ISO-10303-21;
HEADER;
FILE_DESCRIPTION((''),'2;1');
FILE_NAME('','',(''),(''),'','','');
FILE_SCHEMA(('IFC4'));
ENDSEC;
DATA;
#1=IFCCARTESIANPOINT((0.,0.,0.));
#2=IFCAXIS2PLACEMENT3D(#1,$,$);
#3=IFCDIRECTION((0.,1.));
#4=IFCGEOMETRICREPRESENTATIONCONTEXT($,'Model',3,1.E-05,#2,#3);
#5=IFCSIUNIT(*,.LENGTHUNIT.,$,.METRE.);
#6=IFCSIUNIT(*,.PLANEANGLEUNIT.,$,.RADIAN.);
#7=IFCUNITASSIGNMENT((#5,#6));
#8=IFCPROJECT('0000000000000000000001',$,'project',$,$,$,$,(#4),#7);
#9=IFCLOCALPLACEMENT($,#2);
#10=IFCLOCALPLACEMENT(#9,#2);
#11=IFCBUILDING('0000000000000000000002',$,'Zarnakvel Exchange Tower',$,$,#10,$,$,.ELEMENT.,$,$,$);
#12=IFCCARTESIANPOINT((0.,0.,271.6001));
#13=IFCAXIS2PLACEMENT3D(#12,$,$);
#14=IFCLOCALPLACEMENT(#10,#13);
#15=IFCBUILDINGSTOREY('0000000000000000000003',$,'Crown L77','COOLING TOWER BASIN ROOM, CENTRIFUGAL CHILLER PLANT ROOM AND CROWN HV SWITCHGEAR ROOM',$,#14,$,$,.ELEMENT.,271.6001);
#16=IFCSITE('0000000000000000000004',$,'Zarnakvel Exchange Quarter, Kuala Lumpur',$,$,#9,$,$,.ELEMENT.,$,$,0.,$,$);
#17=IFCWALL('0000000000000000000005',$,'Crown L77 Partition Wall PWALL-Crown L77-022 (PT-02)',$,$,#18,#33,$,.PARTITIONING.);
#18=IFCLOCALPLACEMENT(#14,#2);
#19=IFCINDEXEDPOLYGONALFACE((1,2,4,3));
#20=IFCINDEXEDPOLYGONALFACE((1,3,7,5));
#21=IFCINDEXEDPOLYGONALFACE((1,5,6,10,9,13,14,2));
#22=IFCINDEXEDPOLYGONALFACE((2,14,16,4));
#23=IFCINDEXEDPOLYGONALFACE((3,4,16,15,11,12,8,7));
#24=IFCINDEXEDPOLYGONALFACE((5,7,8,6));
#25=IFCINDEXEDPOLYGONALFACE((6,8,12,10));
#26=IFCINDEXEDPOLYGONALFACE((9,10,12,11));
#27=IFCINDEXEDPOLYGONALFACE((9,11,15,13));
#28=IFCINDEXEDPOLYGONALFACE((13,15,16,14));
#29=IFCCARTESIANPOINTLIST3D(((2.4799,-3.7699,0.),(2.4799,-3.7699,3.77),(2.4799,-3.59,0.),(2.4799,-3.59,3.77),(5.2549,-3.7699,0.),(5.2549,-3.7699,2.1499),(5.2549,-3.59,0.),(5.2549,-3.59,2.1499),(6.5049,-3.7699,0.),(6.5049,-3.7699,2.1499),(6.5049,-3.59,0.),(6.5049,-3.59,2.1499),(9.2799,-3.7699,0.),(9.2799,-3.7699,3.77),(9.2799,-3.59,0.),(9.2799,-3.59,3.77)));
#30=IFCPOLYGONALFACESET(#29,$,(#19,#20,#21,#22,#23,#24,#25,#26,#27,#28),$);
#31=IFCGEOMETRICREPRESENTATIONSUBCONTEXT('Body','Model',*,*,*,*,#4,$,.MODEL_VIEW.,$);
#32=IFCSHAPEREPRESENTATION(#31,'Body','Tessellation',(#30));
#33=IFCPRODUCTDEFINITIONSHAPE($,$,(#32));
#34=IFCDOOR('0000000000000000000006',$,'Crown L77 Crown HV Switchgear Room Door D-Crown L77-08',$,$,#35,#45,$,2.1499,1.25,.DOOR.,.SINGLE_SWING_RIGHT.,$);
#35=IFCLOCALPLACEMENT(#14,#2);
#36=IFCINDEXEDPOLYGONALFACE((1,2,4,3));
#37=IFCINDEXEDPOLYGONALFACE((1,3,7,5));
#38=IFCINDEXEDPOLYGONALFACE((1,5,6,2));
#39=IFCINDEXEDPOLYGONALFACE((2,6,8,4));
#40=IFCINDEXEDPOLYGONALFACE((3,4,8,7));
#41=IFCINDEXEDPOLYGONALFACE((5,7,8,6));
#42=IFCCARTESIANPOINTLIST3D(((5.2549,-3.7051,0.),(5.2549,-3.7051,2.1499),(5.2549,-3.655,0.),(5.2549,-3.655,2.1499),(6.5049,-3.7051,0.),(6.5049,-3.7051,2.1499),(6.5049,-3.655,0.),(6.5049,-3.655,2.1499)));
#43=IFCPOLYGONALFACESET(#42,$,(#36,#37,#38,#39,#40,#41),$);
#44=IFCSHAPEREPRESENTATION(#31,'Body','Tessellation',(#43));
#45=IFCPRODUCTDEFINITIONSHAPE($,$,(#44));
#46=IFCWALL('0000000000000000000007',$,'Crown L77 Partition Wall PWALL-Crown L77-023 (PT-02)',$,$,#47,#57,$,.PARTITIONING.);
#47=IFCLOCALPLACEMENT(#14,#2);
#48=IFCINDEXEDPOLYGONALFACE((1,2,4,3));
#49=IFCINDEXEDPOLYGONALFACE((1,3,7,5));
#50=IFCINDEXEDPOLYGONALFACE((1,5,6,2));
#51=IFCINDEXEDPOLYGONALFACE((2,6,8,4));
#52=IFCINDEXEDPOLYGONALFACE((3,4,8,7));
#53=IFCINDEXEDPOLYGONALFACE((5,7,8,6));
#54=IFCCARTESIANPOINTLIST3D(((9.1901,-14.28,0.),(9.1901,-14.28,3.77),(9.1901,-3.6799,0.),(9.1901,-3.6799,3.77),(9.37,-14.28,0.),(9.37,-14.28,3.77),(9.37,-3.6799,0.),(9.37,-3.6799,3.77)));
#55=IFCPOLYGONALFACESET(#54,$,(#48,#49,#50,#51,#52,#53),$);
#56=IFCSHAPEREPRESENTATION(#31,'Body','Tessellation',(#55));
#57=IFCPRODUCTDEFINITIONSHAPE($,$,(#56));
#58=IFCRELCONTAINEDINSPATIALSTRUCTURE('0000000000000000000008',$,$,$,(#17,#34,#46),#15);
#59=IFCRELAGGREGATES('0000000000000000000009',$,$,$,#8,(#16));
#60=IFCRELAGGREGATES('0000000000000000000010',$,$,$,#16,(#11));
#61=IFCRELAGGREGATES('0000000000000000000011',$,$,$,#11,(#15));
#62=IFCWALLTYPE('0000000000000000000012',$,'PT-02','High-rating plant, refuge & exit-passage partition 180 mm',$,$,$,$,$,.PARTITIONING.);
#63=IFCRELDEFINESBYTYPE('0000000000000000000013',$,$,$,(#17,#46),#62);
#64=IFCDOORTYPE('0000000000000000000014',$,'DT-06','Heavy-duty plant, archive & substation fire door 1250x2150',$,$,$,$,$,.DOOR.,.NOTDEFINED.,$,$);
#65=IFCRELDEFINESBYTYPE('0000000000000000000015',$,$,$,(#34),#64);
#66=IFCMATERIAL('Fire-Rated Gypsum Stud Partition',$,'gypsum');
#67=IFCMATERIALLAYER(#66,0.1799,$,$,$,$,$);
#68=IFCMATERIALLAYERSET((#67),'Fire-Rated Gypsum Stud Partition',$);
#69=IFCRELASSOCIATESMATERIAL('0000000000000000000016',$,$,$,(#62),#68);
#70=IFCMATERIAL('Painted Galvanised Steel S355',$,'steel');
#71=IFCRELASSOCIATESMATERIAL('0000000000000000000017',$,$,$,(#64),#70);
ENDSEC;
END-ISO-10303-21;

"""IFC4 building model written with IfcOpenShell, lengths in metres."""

from ifc_helpers import new_model, si_unit, direction, frame, frame_2d, origin, place, context, subcontext, project, spatial, rectangle, extrude, source, transform, mapped, material, layer, layer_set, type_object, element, fill, save


model = new_model("IFC4")

# Units and contexts
model_context = context("Model", 3, precision=1e-05, world=origin(), true_north=direction((0.0, 1.0)))
body_context = subcontext(model_context, "Body", "Model", "MODEL_VIEW")
ifc_project = project(units=[si_unit("LENGTHUNIT", "METRE"), si_unit("PLANEANGLEUNIT", "RADIAN")], contexts=[model_context])

# Site, building, storey
site_placement = place(None, origin())
site = spatial("IfcSite", under=ifc_project, at=site_placement, Name="Zarnakvel Exchange Quarter, Kuala Lumpur", CompositionType="ELEMENT", RefElevation=0.0)
building_placement = place(site_placement, origin())
building = spatial("IfcBuilding", under=site, at=building_placement, Name="Zarnakvel Exchange Tower", CompositionType="ELEMENT")
storey_placement = place(building_placement, frame((0.0, 0.0, 271.6001)))
storey = spatial("IfcBuildingStorey", under=building, at=storey_placement, Name="Crown L77", Description="COOLING TOWER BASIN ROOM, CENTRIFUGAL CHILLER PLANT ROOM AND CROWN HV SWITCHGEAR ROOM", CompositionType="ELEMENT", Elevation=271.6001)

# Shared definitions
ifc_material_1 = material(Name="Fire-Rated Gypsum Stud Partition", Category="gypsum")
ifc_layer_1 = layer(ifc_material_1, 0.1799)
ifc_layer_set_1 = layer_set([ifc_layer_1], Name="Fire-Rated Gypsum Stud Partition")
wall_type_1 = type_object("IfcWallType", Name="PT-02", Description="High-rating plant, refuge & exit-passage partition 180 mm", PredefinedType="PARTITIONING", material=ifc_layer_set_1)

# Wall, opening, door
wall_1_placement = place(storey_placement, frame((2.48, -3.6799, 0.0), z_axis=(0.0, 0.0, 1.0), x_axis=(1.0, 0.0, 0.0)))
wall_1 = element("IfcWall", 1, at=wall_1_placement, inside=storey, type_object=wall_type_1, Name="Crown L77 Partition Wall PWALL-Crown L77-022 (PT-02)", PredefinedType="PARTITIONING", context=body_context, shape_type="SweptSolid", body=[
    extrude(rectangle(XDim=6.8, YDim=0.1799, at=frame_2d((3.3999, 0.0))), origin(), (0.0, 0.0, 1.0), 3.77),
])
opening_1_placement = place(wall_1_placement, frame((2.7749, 0.0, 0.0)))
opening_1 = element("IfcOpeningElement", 2, at=opening_1_placement, cuts=wall_1, PredefinedType="OPENING", context=body_context, shape_type="SweptSolid", body=[
    extrude(rectangle(XDim=1.25, YDim=2.1499, at=frame_2d((0.625, 1.075))), frame((0.0, 0.0999, 0.0), z_axis=(0.0, -1.0, 0.0), x_axis=(1.0, 0.0, 0.0)), (0.0, 0.0, 1.0), 0.2),
])
ifc_material_2 = material(Name="Painted Galvanised Steel S355", Category="steel")
door_type = type_object("IfcDoorType", Name="DT-06", Description="Heavy-duty plant, archive & substation fire door 1250x2150", OperationType="NOTDEFINED", PredefinedType="DOOR", material=ifc_material_2)
shared_shape_1 = source(origin(), body_context, "Body", "SweptSolid", [
    extrude(rectangle(XDim=1.25, YDim=2.1499, at=frame_2d((0.625, 1.075))), frame((0.0, 0.0249, 0.0), z_axis=(0.0, -1.0, 0.0), x_axis=(1.0, 0.0, 0.0)), (0.0, 0.0, 1.0), 0.05),
])
door_1_placement = place(opening_1_placement, origin())
door_1 = element("IfcDoor", 3, at=door_1_placement, inside=storey, type_object=door_type, Name="Crown L77 Crown HV Switchgear Room Door D-Crown L77-08", OperationType="SINGLE_SWING_RIGHT", OverallHeight=2.1499, OverallWidth=1.25, PredefinedType="DOOR", context=body_context, shape_type="MappedRepresentation", body=[
    mapped(shared_shape_1, transform((0.0, 0.0, 0.0), x_axis=(1.0, 0.0, 0.0), y_axis=(0.0, 1.0, 0.0), z_axis=(0.0, 0.0, 1.0), scale=1.0)),
])
fill(opening_1, door_1)

# Wall
wall_2_placement = place(storey_placement, frame((9.28, -3.6799, 0.0), z_axis=(0.0, 0.0, 1.0), x_axis=(0.0, -1.0, 0.0)))
element("IfcWall", 4, at=wall_2_placement, inside=storey, type_object=wall_type_1, Name="Crown L77 Partition Wall PWALL-Crown L77-023 (PT-02)", PredefinedType="PARTITIONING", context=body_context, shape_type="SweptSolid", body=[
    extrude(rectangle(XDim=10.6001, YDim=0.1799, at=frame_2d((5.3, 0.0))), origin(), (0.0, 0.0, 1.0), 3.77),
])

save(model, "model.ifc")
